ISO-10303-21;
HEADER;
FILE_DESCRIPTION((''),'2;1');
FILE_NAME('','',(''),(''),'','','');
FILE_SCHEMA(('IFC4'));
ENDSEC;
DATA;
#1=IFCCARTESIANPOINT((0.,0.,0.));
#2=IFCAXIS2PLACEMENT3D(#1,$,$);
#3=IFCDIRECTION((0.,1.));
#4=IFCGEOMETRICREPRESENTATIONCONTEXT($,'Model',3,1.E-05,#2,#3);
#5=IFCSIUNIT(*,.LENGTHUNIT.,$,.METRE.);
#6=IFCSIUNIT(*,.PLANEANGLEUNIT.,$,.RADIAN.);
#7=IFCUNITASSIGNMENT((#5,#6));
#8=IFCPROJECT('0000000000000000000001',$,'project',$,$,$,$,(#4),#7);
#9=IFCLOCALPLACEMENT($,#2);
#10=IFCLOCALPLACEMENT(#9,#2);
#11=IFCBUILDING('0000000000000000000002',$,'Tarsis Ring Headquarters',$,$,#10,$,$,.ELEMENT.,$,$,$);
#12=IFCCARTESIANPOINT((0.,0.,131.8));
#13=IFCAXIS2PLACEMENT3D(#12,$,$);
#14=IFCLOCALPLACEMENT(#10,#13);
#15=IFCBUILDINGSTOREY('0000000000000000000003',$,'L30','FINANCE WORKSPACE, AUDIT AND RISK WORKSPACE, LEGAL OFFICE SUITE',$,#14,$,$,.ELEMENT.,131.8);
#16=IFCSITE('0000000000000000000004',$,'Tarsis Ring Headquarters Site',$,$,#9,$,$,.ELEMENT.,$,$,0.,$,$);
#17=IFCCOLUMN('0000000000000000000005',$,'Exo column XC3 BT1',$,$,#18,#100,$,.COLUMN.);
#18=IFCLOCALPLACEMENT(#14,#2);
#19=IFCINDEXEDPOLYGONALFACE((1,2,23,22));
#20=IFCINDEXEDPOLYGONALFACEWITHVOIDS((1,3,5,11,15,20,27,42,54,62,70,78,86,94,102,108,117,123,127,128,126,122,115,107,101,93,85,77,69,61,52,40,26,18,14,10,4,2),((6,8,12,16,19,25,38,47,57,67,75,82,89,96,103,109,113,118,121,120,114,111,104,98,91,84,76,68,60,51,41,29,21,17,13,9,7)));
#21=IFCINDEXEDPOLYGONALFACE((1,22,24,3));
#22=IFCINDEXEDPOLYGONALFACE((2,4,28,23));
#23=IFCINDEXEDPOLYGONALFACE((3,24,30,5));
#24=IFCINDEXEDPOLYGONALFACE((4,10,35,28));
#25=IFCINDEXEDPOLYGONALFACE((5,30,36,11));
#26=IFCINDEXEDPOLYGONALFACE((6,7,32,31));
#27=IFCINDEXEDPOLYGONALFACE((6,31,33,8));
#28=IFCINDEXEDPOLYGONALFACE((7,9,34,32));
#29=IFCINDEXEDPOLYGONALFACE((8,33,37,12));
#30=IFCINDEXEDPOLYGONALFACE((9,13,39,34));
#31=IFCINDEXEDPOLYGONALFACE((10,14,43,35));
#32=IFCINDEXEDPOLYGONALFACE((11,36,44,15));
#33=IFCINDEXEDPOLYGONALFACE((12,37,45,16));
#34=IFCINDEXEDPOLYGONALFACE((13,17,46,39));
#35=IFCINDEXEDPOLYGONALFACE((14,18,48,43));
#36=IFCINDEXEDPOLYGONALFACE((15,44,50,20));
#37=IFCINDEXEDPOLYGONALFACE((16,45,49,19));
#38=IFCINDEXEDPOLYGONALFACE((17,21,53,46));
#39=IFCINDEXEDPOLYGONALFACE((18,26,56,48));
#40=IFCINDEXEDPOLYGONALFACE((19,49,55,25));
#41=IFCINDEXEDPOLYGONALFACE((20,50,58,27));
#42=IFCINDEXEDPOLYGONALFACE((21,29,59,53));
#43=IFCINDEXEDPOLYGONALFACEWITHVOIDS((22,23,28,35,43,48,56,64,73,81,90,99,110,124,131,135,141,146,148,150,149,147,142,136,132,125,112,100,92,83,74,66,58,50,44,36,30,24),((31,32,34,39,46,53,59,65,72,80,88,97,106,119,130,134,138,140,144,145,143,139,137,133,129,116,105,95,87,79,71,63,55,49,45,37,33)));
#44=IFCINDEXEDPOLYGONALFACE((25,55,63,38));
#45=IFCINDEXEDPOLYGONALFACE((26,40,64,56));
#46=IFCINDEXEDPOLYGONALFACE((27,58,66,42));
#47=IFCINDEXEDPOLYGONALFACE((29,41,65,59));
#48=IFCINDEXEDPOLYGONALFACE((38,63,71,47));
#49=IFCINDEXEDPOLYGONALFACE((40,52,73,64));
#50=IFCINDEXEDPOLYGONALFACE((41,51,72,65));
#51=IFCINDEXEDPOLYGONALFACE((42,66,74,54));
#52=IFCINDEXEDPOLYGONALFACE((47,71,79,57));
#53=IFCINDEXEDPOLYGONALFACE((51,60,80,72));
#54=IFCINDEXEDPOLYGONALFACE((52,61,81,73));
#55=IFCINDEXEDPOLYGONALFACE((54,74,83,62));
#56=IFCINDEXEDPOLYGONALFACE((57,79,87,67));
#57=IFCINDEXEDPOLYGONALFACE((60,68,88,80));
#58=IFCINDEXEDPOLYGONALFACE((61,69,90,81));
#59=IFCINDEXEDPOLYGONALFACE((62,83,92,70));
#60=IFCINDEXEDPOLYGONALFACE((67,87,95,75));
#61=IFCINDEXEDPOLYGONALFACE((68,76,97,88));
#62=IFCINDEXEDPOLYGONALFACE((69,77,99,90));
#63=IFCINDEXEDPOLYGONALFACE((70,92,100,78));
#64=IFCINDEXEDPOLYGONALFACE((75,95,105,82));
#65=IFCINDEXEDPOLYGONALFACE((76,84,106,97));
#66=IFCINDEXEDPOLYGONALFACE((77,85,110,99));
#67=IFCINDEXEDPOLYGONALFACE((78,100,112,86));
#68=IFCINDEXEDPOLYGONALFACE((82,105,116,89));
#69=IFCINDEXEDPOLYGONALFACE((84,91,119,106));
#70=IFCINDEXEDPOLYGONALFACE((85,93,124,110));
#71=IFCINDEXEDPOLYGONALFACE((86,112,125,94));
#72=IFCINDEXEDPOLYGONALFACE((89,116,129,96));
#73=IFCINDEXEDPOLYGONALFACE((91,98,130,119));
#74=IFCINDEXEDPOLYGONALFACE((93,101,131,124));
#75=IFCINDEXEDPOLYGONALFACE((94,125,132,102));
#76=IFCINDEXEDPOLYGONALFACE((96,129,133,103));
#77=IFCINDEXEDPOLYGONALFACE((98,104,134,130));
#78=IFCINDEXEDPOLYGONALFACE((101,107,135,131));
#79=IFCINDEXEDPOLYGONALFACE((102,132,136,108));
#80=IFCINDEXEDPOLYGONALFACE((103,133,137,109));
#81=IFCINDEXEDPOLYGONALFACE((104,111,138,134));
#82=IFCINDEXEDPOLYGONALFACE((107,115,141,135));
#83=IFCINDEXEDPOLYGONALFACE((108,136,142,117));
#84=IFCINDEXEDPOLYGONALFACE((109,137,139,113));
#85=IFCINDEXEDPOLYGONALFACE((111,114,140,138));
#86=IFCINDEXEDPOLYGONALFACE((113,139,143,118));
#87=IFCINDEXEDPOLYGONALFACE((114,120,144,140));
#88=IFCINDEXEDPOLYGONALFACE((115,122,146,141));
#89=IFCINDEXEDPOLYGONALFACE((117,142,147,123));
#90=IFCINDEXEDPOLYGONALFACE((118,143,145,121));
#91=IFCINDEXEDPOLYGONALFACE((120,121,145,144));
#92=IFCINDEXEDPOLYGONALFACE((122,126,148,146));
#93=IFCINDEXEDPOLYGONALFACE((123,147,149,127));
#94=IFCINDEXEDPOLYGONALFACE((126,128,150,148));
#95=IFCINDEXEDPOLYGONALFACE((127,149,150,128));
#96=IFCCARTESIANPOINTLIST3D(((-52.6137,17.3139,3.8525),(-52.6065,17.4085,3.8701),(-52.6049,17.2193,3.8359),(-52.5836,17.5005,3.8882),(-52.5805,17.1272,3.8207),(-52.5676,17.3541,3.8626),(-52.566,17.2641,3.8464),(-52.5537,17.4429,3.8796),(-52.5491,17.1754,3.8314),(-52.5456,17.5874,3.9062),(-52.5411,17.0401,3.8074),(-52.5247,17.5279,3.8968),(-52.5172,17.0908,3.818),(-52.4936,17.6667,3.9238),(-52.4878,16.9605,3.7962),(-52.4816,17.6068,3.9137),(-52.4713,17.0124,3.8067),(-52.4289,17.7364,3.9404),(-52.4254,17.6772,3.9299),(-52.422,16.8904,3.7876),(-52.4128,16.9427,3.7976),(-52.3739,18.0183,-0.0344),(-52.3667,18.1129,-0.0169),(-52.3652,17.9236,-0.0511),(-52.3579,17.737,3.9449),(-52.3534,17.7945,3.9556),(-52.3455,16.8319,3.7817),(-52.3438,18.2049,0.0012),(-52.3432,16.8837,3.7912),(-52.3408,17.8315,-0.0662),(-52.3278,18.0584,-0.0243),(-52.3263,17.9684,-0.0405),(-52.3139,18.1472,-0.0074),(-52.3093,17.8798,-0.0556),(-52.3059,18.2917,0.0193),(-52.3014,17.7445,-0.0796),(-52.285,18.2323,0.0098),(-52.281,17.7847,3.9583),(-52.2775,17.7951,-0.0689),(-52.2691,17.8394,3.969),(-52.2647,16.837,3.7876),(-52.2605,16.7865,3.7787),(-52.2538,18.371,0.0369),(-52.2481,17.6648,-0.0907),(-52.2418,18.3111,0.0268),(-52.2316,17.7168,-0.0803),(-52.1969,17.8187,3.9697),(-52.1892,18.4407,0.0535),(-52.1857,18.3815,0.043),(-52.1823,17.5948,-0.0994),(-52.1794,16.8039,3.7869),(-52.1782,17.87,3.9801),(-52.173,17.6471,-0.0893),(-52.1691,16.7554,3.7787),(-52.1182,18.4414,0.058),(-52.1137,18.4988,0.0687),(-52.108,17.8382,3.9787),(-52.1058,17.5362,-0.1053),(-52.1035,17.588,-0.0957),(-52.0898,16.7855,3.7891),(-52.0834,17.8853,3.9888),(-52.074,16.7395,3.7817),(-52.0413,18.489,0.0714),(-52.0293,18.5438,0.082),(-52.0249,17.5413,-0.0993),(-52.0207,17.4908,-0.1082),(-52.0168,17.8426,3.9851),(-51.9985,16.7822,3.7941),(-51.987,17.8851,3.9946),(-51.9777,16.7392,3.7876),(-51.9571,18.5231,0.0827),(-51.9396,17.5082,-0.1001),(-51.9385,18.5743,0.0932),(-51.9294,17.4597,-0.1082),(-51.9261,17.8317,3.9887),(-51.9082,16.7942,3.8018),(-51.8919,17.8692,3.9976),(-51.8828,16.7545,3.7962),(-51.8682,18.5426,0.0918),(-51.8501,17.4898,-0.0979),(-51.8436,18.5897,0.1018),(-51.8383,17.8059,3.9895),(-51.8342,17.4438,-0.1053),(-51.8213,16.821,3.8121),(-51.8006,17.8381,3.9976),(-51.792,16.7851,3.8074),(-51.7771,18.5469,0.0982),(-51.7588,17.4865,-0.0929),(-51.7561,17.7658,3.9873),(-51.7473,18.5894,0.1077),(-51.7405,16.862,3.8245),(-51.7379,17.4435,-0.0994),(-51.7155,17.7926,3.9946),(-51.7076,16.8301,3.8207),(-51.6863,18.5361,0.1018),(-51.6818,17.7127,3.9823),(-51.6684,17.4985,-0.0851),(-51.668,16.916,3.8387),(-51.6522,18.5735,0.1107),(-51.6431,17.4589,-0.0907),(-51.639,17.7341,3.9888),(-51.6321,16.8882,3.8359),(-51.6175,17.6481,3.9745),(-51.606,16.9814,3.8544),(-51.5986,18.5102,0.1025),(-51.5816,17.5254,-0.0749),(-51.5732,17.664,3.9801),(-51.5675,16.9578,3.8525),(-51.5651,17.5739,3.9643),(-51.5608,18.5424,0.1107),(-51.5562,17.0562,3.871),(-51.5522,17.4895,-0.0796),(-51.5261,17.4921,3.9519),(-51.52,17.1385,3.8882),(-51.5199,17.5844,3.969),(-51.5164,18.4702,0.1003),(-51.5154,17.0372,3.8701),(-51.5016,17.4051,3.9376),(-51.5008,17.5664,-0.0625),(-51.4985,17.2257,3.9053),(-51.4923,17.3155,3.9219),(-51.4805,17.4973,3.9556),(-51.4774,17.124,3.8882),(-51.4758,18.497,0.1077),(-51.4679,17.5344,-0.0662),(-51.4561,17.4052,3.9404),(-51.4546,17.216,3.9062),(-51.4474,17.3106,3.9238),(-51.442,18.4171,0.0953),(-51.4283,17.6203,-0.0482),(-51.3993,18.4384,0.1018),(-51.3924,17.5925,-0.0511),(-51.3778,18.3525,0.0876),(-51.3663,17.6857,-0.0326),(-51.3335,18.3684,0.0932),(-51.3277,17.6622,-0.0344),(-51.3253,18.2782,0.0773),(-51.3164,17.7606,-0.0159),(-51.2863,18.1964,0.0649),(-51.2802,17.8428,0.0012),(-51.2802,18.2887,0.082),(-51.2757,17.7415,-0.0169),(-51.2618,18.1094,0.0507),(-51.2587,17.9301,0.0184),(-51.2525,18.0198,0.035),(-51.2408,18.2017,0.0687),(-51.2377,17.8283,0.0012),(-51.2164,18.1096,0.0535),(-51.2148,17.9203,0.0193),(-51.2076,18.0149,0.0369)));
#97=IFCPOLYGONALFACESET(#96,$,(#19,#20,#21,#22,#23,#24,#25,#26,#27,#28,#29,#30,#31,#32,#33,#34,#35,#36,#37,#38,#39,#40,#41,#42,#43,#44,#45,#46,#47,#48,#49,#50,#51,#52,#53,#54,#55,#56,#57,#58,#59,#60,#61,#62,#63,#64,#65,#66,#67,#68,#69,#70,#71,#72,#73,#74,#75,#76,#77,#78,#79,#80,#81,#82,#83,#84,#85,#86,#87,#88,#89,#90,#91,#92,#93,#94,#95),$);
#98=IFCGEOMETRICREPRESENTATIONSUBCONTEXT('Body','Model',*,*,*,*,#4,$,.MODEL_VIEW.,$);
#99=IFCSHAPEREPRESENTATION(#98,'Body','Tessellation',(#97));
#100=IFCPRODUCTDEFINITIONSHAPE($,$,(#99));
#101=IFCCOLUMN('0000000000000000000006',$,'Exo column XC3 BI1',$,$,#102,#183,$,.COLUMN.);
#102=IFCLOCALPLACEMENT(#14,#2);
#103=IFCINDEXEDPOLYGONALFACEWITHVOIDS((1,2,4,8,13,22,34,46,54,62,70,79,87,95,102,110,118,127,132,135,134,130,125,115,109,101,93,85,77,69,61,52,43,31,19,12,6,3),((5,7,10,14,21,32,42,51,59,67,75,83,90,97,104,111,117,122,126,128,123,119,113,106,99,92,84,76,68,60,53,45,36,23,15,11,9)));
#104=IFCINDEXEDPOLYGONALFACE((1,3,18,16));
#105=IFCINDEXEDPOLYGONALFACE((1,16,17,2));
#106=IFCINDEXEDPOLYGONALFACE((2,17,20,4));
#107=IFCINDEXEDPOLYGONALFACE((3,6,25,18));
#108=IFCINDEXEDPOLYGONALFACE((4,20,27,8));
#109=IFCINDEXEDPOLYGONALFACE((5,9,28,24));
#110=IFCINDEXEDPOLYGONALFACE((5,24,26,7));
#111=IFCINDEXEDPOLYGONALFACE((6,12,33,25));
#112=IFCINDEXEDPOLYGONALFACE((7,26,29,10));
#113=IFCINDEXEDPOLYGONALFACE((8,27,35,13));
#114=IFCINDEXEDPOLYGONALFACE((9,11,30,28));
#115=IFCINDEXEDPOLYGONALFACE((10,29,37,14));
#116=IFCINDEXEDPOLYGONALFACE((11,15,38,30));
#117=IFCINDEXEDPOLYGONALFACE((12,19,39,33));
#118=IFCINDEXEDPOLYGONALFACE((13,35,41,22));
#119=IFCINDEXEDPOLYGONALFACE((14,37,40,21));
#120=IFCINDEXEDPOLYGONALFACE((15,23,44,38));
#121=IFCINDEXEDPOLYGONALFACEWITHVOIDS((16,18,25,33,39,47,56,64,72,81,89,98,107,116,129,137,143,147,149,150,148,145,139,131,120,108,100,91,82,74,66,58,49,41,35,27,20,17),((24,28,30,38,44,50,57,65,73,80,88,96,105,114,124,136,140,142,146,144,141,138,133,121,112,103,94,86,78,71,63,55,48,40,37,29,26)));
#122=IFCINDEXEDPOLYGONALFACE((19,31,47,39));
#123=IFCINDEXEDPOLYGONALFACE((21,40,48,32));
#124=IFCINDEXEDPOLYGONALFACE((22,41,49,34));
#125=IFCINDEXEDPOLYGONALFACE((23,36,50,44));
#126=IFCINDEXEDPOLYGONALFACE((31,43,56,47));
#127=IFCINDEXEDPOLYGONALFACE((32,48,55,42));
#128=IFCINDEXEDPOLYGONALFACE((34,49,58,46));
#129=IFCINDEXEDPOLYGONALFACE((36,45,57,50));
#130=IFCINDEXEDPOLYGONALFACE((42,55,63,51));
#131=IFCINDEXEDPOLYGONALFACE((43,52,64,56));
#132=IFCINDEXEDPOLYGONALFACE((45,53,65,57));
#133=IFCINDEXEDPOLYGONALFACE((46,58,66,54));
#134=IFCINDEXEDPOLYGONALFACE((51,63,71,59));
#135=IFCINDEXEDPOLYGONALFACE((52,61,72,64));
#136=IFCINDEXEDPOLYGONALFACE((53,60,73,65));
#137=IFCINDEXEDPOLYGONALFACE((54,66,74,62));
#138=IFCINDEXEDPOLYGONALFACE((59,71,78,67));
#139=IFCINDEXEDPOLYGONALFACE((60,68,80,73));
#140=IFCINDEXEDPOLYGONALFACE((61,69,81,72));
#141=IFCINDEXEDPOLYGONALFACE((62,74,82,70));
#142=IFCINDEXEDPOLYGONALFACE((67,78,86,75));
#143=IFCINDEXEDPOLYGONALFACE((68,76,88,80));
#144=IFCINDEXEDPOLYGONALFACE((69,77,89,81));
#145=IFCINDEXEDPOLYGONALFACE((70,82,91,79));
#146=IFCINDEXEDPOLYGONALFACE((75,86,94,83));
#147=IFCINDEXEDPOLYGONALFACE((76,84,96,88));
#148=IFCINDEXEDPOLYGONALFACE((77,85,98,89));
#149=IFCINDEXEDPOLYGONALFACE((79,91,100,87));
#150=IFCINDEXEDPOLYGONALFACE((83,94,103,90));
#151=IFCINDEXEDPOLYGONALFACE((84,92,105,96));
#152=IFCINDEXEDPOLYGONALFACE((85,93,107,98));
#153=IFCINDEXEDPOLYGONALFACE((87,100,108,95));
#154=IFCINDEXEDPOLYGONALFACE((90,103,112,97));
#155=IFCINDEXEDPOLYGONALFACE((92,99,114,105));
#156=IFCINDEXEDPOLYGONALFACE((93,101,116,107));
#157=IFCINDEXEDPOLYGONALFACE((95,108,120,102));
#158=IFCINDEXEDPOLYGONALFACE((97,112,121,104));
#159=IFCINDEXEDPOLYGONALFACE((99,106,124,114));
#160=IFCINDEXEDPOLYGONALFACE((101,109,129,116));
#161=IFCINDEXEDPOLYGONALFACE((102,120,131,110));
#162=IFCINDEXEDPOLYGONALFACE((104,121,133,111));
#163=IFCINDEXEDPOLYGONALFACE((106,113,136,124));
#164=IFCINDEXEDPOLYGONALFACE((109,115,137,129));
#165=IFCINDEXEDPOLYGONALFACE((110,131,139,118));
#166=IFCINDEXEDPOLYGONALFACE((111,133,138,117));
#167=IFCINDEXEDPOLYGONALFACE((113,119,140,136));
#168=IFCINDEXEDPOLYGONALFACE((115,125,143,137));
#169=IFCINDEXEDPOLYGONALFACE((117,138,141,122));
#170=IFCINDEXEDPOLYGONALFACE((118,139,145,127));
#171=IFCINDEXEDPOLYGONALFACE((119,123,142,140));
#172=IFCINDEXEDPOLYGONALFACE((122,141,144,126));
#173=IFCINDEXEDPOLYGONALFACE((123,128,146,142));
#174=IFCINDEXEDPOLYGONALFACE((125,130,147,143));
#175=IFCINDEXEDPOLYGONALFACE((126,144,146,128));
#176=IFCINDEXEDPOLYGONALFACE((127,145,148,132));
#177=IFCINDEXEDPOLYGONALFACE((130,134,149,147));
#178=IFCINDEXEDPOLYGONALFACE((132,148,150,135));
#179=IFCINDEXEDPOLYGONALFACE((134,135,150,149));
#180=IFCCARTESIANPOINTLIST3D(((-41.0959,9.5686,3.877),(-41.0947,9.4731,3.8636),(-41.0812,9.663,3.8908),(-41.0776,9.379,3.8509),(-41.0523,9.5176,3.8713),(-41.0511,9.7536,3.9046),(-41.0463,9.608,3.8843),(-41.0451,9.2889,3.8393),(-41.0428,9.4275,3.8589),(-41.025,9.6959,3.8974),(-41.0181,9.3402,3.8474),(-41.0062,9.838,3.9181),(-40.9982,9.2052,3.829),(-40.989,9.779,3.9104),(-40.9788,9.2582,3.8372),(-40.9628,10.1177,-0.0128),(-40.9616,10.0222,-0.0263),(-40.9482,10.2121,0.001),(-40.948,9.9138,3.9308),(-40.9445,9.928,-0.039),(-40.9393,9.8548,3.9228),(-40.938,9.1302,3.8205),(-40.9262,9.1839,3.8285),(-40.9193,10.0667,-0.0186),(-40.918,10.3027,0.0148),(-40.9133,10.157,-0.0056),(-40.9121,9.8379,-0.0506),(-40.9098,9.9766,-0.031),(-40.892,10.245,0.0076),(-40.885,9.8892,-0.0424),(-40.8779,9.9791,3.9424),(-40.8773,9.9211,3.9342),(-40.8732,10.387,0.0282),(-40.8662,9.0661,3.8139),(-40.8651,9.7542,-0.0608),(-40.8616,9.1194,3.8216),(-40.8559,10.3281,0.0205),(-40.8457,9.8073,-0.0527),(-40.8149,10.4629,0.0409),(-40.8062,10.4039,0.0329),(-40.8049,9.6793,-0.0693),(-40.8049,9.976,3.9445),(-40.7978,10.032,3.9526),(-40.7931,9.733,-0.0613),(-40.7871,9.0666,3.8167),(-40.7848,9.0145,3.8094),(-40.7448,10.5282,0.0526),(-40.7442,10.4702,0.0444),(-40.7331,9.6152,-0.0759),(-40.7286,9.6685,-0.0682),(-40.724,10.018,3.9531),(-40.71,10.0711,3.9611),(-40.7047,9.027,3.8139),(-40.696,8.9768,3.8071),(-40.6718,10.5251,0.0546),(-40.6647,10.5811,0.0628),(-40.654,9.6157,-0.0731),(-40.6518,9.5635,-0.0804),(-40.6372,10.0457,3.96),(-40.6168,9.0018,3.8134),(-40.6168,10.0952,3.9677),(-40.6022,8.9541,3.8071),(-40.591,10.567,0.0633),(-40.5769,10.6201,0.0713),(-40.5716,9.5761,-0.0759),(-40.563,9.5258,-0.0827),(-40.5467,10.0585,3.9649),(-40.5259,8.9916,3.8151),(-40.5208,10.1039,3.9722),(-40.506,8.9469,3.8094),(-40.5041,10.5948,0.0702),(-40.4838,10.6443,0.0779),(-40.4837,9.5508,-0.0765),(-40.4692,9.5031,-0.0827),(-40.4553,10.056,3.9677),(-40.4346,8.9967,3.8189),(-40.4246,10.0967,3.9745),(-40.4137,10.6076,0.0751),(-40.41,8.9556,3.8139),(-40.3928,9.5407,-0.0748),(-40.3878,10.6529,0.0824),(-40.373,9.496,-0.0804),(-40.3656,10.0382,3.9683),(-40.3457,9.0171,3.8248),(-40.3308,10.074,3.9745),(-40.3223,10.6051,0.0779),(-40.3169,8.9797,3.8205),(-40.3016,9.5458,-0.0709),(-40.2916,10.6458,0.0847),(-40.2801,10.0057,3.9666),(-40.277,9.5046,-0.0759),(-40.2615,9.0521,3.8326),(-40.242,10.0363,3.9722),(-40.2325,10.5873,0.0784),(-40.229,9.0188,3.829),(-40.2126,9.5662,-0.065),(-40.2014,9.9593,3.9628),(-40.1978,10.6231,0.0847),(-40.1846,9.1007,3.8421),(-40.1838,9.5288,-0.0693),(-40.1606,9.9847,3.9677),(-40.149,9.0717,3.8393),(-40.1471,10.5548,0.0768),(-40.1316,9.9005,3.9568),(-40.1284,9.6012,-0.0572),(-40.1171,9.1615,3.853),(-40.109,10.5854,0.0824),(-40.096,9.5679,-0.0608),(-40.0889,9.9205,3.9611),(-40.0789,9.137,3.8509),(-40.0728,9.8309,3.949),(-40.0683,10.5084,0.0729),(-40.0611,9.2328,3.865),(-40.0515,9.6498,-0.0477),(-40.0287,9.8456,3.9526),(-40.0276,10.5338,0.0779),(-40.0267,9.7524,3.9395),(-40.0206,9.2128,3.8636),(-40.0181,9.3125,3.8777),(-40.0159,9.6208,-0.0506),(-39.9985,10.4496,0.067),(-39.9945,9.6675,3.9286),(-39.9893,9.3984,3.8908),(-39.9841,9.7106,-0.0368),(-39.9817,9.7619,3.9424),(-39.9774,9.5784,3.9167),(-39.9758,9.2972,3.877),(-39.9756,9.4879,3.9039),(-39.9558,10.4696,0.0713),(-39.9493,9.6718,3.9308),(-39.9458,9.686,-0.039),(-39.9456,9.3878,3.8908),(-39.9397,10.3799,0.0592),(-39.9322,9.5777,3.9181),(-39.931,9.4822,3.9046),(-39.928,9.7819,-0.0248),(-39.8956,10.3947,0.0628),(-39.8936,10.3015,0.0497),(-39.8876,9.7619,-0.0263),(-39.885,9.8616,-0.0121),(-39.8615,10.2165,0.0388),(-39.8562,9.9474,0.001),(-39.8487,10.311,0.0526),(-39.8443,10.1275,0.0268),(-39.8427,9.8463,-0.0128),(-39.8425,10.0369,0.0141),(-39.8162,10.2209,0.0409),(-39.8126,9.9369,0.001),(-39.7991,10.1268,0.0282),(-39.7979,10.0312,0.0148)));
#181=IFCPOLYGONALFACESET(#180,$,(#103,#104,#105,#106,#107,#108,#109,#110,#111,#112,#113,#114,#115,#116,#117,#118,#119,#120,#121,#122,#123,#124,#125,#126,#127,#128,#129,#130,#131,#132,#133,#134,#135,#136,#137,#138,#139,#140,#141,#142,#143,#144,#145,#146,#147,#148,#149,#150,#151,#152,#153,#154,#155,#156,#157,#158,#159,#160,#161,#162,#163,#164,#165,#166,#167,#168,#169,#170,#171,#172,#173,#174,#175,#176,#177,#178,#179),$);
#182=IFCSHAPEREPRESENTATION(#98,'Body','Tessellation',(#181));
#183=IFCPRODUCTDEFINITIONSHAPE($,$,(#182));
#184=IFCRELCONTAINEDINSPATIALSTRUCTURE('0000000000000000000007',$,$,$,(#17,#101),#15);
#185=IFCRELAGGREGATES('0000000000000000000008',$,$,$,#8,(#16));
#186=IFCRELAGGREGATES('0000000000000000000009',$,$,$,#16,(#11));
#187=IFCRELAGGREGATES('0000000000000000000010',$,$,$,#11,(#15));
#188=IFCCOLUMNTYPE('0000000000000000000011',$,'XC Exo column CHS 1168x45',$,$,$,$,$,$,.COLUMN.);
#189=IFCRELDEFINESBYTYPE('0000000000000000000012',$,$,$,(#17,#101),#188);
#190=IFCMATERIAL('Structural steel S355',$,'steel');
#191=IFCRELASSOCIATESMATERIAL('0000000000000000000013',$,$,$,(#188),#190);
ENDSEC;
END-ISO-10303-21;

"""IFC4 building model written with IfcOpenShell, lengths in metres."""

from ifc_helpers import new_model, si_unit, direction, frame, origin, origin_2d, place, context, subcontext, project, spatial, hollow_circle, extrude, material, material_profile, profile_set, type_object, element, save


model = new_model("IFC4")

# Units and contexts
model_context = context("Model", 3, precision=1e-05, world=origin(), true_north=direction((0.0, 1.0)))
body_context = subcontext(model_context, "Body", "Model", "MODEL_VIEW")
ifc_project = project(units=[si_unit("LENGTHUNIT", "METRE"), si_unit("PLANEANGLEUNIT", "RADIAN")], contexts=[model_context])

# Site, building, storey
site_placement = place(None, origin())
site = spatial("IfcSite", under=ifc_project, at=site_placement, Name="Tarsis Ring Headquarters Site", CompositionType="ELEMENT", RefElevation=0.0)
building_placement = place(site_placement, origin())
building = spatial("IfcBuilding", under=site, at=building_placement, Name="Tarsis Ring Headquarters", CompositionType="ELEMENT")
storey_placement = place(building_placement, frame((0.0, 0.0, 131.8)))
storey = spatial("IfcBuildingStorey", under=building, at=storey_placement, Name="L30", Description="FINANCE WORKSPACE, AUDIT AND RISK WORKSPACE, LEGAL OFFICE SUITE", CompositionType="ELEMENT", Elevation=131.8)

# Columns
ifc_material_1 = material(Name="Structural steel S355", Category="steel")
ifc_material_profile_1 = material_profile(ifc_material_1, hollow_circle(Radius=0.5842, WallThickness=0.0449, at=origin_2d()), Name="CHS 1168x45")
ifc_profile_set_1 = profile_set([ifc_material_profile_1], Name="Structural steel S355")
column_type = type_object("IfcColumnType", Name="XC Exo column CHS 1168x45", PredefinedType="COLUMN", material=ifc_profile_set_1)
column_1_placement = place(storey_placement, frame((-51.7908, 18.0166, 0.0012), z_axis=(-0.06058, -0.177976, 0.982168), x_axis=(0.946663, -0.322226, 0.0)))
element("IfcColumn", 1, at=column_1_placement, inside=storey, type_object=column_type, Name="Exo column XC3 BT1", PredefinedType="COLUMN", context=body_context, shape_type="SweptSolid", body=[
    extrude(hollow_circle(Radius=0.5842, WallThickness=0.0449, at=origin_2d()), origin(), (0.0, 0.0, 1.0), 3.9575),
])
column_2_placement = place(storey_placement, frame((-40.3804, 10.0745, 0.001), z_axis=(-0.033851, -0.139688, 0.989617), x_axis=(0.971871, -0.235513, 0.0)))
element("IfcColumn", 2, at=column_2_placement, inside=storey, type_object=column_type, Name="Exo column XC3 BI1", PredefinedType="COLUMN", context=body_context, shape_type="SweptSolid", body=[
    extrude(hollow_circle(Radius=0.5842, WallThickness=0.0449, at=origin_2d()), origin(), (0.0, 0.0, 1.0), 3.9307),
])

save(model, "model.ifc")
